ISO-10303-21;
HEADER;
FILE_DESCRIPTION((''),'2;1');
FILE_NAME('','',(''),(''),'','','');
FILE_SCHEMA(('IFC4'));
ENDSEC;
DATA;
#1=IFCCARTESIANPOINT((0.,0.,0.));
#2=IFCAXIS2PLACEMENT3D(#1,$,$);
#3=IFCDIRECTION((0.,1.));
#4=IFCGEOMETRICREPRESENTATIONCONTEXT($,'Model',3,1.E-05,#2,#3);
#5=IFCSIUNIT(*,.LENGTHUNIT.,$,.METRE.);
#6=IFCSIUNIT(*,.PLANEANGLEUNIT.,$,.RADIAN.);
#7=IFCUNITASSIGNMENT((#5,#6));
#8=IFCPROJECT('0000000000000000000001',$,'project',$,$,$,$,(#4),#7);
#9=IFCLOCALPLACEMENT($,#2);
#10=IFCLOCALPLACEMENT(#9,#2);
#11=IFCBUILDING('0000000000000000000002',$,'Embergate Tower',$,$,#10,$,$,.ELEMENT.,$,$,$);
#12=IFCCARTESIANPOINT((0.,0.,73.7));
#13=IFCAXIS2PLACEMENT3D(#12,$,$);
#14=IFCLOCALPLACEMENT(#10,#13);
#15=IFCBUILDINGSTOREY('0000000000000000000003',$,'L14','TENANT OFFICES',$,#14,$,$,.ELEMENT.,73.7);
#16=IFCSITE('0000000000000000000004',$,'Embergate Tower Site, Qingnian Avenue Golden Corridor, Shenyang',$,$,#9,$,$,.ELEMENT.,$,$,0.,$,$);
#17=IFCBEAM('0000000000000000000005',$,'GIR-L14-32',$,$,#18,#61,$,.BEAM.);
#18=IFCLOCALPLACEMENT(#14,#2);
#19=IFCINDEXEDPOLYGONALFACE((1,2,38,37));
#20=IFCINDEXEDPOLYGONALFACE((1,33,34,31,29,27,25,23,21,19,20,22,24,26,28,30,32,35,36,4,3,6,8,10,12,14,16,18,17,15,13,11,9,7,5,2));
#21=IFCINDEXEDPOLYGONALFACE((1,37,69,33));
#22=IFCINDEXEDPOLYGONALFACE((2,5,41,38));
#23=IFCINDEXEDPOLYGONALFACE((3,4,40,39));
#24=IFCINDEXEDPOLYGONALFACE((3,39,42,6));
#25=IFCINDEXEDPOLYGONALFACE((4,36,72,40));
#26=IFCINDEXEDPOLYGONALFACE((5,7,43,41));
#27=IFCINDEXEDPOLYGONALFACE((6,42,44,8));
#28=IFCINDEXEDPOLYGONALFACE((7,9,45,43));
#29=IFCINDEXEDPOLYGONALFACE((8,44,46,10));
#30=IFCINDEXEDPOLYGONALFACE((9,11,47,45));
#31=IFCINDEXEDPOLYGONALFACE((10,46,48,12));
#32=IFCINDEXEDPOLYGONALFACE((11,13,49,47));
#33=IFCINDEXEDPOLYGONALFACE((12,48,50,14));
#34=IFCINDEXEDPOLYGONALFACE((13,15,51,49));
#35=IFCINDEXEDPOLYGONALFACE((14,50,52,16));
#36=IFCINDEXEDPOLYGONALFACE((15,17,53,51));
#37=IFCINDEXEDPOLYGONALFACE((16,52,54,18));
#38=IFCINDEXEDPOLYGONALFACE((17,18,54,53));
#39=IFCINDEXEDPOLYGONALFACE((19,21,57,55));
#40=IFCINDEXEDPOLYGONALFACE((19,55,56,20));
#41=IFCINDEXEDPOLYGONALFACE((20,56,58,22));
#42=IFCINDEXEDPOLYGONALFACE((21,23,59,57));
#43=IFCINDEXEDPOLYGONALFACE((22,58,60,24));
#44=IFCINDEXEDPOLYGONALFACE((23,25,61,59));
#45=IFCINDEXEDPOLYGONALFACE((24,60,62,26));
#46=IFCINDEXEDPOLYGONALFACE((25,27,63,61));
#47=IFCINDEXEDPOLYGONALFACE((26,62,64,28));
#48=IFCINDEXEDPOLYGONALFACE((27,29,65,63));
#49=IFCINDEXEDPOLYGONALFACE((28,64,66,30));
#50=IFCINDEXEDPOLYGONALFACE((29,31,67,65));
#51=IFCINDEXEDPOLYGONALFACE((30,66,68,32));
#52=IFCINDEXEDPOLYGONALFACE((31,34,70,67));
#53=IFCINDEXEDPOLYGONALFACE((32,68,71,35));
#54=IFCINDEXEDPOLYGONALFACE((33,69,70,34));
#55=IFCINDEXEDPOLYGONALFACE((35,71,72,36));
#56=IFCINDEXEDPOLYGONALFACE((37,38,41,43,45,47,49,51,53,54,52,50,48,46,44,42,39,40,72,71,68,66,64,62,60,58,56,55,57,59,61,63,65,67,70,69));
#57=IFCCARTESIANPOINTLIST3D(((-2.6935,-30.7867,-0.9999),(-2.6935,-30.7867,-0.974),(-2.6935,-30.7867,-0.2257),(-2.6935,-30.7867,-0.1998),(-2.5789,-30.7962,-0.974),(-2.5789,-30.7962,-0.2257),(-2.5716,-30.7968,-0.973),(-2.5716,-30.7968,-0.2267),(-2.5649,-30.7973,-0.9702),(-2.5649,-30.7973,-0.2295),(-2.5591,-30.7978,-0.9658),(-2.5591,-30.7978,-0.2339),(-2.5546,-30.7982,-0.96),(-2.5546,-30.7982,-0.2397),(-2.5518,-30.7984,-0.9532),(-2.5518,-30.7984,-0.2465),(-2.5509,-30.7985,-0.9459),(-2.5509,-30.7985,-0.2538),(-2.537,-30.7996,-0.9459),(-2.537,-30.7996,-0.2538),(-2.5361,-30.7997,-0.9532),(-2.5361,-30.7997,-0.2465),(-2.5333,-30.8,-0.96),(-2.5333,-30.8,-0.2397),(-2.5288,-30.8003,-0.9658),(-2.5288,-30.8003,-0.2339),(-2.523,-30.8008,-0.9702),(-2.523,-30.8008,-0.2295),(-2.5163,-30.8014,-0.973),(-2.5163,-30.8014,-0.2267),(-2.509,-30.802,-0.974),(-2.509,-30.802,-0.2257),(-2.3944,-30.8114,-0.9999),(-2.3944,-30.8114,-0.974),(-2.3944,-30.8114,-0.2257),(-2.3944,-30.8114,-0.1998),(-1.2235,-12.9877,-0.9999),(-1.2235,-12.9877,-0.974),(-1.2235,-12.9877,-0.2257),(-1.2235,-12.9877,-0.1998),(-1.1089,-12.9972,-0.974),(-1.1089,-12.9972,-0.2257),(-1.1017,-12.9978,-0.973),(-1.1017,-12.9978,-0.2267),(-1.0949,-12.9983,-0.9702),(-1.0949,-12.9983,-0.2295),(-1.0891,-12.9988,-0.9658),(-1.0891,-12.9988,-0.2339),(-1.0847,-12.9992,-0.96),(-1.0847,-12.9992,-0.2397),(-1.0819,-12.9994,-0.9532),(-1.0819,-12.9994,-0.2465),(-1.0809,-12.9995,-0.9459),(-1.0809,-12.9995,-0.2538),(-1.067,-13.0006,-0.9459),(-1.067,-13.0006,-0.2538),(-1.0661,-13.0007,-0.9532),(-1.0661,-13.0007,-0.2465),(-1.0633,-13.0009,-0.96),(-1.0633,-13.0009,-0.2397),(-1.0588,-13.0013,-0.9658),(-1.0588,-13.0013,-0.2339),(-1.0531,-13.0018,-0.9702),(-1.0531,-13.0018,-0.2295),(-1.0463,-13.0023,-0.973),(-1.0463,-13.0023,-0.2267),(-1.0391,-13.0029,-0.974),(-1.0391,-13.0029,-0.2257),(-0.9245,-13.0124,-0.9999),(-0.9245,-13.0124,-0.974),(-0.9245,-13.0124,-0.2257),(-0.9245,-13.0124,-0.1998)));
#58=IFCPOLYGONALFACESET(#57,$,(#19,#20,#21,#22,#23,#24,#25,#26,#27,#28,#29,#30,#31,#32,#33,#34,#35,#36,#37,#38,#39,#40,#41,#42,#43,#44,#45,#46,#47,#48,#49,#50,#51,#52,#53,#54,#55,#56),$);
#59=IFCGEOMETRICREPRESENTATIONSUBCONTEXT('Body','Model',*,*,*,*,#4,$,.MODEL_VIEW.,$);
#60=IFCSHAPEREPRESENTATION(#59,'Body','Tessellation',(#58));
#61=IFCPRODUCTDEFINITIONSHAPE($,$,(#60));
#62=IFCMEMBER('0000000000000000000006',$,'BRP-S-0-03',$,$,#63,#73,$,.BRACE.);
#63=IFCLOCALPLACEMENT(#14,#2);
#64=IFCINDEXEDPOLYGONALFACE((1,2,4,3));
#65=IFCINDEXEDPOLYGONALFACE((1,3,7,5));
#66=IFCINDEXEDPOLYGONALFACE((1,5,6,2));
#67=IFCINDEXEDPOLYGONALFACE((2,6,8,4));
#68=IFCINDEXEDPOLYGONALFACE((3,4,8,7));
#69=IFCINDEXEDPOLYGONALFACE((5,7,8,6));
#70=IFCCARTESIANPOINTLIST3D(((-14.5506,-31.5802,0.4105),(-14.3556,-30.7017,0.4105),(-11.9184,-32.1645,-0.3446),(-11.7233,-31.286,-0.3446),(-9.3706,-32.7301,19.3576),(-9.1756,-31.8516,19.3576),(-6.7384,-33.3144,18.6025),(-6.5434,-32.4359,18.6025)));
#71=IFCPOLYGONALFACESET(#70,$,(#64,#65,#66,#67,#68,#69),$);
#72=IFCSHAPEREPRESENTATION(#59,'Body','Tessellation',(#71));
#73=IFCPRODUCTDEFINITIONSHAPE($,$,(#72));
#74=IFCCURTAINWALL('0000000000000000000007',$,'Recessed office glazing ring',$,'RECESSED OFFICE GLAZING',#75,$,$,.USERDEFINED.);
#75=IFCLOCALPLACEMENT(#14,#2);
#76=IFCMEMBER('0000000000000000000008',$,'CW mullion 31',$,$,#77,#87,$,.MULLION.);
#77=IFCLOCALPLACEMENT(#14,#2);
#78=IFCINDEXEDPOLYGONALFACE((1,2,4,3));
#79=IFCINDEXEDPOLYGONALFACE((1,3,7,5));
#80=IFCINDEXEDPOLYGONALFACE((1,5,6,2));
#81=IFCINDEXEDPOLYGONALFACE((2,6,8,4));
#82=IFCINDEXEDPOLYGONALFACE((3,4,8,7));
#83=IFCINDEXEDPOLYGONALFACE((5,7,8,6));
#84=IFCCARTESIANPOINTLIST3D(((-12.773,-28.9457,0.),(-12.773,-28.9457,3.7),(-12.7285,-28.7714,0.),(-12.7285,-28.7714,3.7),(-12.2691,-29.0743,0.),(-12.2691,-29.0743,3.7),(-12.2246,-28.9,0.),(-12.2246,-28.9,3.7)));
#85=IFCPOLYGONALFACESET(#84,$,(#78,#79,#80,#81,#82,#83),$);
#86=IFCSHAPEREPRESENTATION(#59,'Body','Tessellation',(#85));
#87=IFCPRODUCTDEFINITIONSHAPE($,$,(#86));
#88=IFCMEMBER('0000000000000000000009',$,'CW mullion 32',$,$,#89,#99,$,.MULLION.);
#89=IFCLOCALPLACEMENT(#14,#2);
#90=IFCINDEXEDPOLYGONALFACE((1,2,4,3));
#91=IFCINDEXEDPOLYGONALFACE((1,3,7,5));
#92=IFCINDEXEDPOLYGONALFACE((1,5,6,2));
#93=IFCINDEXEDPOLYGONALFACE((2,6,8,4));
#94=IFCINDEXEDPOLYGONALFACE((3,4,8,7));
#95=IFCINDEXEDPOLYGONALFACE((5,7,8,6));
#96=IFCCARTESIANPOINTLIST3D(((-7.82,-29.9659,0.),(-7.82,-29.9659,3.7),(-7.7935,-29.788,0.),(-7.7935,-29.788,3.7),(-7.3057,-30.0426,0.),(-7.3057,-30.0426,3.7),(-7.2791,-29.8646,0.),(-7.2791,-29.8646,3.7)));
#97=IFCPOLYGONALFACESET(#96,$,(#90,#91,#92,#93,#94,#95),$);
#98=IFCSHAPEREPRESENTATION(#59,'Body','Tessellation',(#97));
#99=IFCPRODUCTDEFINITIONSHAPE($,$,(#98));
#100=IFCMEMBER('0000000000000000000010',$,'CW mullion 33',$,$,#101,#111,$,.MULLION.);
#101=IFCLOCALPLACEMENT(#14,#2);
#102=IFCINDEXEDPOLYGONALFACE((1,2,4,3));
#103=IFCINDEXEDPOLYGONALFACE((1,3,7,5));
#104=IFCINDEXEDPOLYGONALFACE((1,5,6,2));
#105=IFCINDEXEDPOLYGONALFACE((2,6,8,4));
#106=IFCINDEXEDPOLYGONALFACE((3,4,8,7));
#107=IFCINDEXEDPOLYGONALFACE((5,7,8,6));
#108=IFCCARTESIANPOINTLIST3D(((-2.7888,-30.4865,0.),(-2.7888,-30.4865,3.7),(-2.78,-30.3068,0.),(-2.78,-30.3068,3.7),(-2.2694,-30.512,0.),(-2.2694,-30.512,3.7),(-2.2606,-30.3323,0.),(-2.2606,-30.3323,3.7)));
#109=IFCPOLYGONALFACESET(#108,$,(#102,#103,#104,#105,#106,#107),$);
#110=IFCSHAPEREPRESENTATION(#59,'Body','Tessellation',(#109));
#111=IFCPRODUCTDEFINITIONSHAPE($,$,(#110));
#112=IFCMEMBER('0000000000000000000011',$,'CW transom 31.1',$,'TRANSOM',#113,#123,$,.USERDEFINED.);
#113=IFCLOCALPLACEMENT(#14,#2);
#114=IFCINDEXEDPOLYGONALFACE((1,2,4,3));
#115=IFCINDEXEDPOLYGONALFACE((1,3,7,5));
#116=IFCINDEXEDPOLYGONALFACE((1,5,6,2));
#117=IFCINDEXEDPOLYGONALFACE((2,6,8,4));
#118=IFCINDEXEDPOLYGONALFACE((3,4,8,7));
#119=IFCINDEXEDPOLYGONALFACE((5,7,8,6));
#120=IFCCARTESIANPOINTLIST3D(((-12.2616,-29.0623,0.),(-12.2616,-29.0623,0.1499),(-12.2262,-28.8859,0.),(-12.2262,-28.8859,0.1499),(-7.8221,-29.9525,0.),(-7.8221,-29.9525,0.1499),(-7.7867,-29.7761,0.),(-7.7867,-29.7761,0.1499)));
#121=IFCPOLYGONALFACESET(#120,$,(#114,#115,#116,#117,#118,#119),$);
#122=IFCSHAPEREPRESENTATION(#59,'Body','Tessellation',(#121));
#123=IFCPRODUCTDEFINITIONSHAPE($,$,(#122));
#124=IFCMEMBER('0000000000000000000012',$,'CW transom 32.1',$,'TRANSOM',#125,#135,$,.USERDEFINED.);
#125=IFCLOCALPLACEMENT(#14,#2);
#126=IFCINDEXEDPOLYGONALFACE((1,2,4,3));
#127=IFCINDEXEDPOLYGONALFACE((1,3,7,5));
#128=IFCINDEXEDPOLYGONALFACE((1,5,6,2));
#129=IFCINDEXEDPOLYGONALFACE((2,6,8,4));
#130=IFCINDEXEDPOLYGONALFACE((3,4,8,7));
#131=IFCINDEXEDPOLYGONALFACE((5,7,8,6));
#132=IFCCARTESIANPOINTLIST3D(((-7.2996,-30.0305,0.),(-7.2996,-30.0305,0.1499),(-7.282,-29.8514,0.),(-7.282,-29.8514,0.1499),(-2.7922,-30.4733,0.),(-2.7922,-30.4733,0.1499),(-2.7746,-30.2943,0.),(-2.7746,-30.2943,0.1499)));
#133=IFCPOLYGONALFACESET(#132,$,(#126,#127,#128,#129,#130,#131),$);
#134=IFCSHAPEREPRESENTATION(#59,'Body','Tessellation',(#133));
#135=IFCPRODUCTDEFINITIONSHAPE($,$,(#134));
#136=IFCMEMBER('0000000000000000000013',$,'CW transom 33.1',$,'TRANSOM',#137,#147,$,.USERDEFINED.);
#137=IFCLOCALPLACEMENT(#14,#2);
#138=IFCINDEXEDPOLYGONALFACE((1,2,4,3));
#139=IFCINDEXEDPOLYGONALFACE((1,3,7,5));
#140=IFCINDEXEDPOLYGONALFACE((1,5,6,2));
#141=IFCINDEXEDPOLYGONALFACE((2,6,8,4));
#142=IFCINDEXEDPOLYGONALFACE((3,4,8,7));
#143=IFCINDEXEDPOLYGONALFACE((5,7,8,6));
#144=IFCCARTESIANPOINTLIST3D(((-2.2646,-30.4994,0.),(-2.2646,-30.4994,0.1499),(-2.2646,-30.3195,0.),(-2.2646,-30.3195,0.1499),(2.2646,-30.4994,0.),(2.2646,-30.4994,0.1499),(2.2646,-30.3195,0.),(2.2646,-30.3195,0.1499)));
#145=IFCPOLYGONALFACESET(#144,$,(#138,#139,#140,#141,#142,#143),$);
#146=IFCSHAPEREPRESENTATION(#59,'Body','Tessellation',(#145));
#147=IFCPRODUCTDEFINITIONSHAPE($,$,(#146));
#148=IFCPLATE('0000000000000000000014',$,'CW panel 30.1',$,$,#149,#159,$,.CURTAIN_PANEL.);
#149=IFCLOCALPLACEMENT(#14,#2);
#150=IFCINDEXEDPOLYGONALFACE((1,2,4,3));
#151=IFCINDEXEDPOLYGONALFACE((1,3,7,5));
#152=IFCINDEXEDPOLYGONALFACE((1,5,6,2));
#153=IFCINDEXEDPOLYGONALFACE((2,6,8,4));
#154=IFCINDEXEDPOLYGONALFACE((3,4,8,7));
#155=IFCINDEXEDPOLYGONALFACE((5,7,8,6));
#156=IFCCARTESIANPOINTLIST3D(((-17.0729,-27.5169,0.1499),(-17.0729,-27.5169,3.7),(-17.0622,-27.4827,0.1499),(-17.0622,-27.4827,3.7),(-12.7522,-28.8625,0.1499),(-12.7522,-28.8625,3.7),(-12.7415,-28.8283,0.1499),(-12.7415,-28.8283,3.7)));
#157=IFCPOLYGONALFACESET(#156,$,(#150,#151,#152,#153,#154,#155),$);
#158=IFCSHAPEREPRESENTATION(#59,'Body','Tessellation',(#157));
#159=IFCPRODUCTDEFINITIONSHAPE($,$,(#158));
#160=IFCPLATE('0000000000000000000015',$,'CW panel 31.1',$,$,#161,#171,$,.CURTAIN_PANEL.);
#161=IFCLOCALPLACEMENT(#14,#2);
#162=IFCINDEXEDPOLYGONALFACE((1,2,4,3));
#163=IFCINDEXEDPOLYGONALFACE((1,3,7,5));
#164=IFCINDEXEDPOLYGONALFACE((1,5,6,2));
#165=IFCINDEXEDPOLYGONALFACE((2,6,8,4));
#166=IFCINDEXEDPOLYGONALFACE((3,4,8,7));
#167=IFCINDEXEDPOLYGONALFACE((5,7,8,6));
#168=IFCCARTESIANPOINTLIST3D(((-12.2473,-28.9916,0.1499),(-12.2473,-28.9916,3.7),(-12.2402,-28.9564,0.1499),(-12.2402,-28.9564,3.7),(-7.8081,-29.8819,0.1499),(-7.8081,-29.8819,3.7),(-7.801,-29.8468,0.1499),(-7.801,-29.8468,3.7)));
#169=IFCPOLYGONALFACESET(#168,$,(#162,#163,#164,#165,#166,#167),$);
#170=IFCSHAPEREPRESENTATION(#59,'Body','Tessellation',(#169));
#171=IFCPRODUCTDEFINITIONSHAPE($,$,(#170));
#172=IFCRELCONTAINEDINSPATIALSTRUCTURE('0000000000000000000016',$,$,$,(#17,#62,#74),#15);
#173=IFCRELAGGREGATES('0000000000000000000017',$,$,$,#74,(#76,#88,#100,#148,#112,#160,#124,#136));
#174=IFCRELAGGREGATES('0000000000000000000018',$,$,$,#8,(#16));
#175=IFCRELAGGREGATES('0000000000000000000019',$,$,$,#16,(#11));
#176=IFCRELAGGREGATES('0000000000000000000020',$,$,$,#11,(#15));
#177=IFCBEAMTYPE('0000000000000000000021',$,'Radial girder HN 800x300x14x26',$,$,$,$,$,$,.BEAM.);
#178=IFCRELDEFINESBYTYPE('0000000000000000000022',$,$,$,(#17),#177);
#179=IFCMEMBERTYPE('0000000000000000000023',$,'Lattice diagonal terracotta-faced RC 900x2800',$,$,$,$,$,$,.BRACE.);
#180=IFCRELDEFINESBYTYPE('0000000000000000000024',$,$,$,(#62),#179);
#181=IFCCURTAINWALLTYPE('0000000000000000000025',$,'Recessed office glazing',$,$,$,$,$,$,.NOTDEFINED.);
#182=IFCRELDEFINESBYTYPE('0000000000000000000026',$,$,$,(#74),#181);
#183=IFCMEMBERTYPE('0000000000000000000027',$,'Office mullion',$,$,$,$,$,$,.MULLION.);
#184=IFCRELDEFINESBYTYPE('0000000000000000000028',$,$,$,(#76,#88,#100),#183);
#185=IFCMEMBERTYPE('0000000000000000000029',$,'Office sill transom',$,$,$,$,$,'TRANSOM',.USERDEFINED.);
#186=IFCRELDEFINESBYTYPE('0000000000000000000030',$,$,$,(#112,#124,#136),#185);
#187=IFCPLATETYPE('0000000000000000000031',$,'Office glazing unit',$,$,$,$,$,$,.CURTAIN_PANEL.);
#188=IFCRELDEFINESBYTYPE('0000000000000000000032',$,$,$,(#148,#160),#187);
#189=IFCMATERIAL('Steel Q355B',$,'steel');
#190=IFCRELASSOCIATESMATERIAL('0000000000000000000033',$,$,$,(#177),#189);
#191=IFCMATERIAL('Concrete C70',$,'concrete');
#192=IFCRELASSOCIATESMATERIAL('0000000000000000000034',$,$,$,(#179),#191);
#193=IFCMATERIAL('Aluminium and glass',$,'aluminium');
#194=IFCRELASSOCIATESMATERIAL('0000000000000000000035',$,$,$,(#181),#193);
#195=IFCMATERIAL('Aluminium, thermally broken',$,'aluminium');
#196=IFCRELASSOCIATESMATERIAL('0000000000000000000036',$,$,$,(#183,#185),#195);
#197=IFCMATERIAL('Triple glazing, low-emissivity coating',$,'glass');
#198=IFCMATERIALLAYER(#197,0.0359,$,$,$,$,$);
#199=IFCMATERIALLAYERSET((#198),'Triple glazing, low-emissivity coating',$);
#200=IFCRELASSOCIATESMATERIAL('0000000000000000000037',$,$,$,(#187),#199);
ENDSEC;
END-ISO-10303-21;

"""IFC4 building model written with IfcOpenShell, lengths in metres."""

from ifc_helpers import new_model, si_unit, direction, frame, origin, origin_2d, place, context, subcontext, project, spatial, rectangle, i_section, extrude, source, transform, mapped, material, layer, layer_set, material_profile, profile_set, type_object, element, aggregate, save


model = new_model("IFC4")

# Units and contexts
model_context = context("Model", 3, precision=1e-05, world=origin(), true_north=direction((0.0, 1.0)))
body_context = subcontext(model_context, "Body", "Model", "MODEL_VIEW")
ifc_project = project(units=[si_unit("LENGTHUNIT", "METRE"), si_unit("PLANEANGLEUNIT", "RADIAN")], contexts=[model_context])

# Site, building, storey
site_placement = place(None, origin())
site = spatial("IfcSite", under=ifc_project, at=site_placement, Name="Embergate Tower Site, Qingnian Avenue Golden Corridor, Shenyang", CompositionType="ELEMENT", RefElevation=0.0)
building_placement = place(site_placement, origin())
building = spatial("IfcBuilding", under=site, at=building_placement, Name="Embergate Tower", CompositionType="ELEMENT")
storey_placement = place(building_placement, frame((0.0, 0.0, 73.7)))
storey = spatial("IfcBuildingStorey", under=building, at=storey_placement, Name="L14", Description="TENANT OFFICES", CompositionType="ELEMENT", Elevation=73.7)

# Shared definitions
ifc_material_1 = material(Name="Concrete C70", Category="concrete")

# Beam
ifc_material_2 = material(Name="Steel Q355B", Category="steel")
ifc_material_profile_1 = material_profile(ifc_material_2, i_section(OverallWidth=0.3, OverallDepth=0.8, WebThickness=0.0139, FlangeThickness=0.0259, FilletRadius=0.0281, at=origin_2d()), Name="HN 800x300x14x26")
ifc_profile_set_1 = profile_set([ifc_material_profile_1], Name="Steel Q355 grade B")
beam_type_1 = type_object("IfcBeamType", Name="Radial girder HN 800x300x14x26", PredefinedType="BEAM", material=ifc_profile_set_1)
shared_shape_1 = source(origin(), body_context, "Body", "SweptSolid", [
    extrude(i_section(OverallWidth=0.3, OverallDepth=0.8, WebThickness=0.0139, FlangeThickness=0.0259, FilletRadius=0.0281, at=origin_2d()), origin(), (0.0, 0.0, 1.0), 17.8596),
])
beam_1_placement = place(storey_placement, frame((-2.5439, -30.7991, -0.5999), z_axis=(0.082307, 0.996607, 0.0), x_axis=(-0.996607, 0.082307, 0.0)))
element("IfcBeam", 1, at=beam_1_placement, inside=storey, type_object=beam_type_1, Name="GIR-L14-32", PredefinedType="BEAM", context=body_context, shape_type="MappedRepresentation", body=[
    mapped(shared_shape_1, transform((0.0, 0.0, 0.0))),
])

# Member
ifc_material_profile_2 = material_profile(ifc_material_1, rectangle(XDim=0.8999, YDim=2.8, at=origin_2d()), Name="RC 900x2800")
ifc_profile_set_2 = profile_set([ifc_material_profile_2], Name="Concrete C70")
member_type_1 = type_object("IfcMemberType", Name="Lattice diagonal terracotta-faced RC 900x2800", PredefinedType="BRACE", material=ifc_profile_set_2)
shared_shape_2 = source(origin(), body_context, "Body", "SweptSolid", [
    extrude(rectangle(XDim=0.8999, YDim=2.8, at=origin_2d()), origin(), (0.0, 0.0, 1.0), 19.676),
])
member_1_placement = place(storey_placement, frame((-13.137, -31.4331, 0.033), z_axis=(0.263262, -0.058442, 0.962953), x_axis=(0.216716, 0.976235, 0.0)))
element("IfcMember", 2, at=member_1_placement, inside=storey, type_object=member_type_1, Name="BRP-S-0-03", PredefinedType="BRACE", context=body_context, shape_type="MappedRepresentation", body=[
    mapped(shared_shape_2, transform((0.0, 0.0, 0.0))),
])

# Curtain wall, members
ifc_material_3 = material(Name="Aluminium and glass", Category="aluminium")
curtain_wall_type = type_object("IfcCurtainWallType", Name="Recessed office glazing", PredefinedType="NOTDEFINED", material=ifc_material_3)
curtain_wall_placement = place(storey_placement, origin())
curtain_wall = element("IfcCurtainWall", 3, at=curtain_wall_placement, inside=storey, type_object=curtain_wall_type, Name="Recessed office glazing ring", ObjectType="RECESSED OFFICE GLAZING", PredefinedType="USERDEFINED")
ifc_material_4 = material(Name="Aluminium, thermally broken", Category="aluminium")
ifc_material_profile_3 = material_profile(ifc_material_4, rectangle(XDim=0.1799, YDim=0.52, at=origin_2d()), Name="AL 520x180")
ifc_profile_set_3 = profile_set([ifc_material_profile_3], Name="Aluminium, thermally broken")
member_type_2 = type_object("IfcMemberType", Name="Office mullion", PredefinedType="MULLION", material=ifc_profile_set_3)
shared_shape_3 = source(origin(), body_context, "Body", "SweptSolid", [
    extrude(rectangle(XDim=0.1799, YDim=0.52, at=origin_2d()), origin(), (0.0, 0.0, 1.0), 3.7),
])
member_2_placement = place(storey_placement, frame((-12.4988, -28.9229, 0.0), z_axis=(0.0, 0.0, 1.0), x_axis=(0.247315, 0.968935, 0.0)))
member_2 = element("IfcMember", 4, at=member_2_placement, type_object=member_type_2, Name="CW mullion 31", PredefinedType="MULLION", context=body_context, shape_type="MappedRepresentation", body=[
    mapped(shared_shape_3, transform((0.0, 0.0, 0.0))),
])
member_3_placement = place(storey_placement, frame((-7.5496, -29.9153, 0.0), z_axis=(0.0, 0.0, 1.0), x_axis=(0.147414, 0.989075, 0.0)))
member_3 = element("IfcMember", 5, at=member_3_placement, type_object=member_type_2, Name="CW mullion 32", PredefinedType="MULLION", context=body_context, shape_type="MappedRepresentation", body=[
    mapped(shared_shape_3, transform((0.0, 0.0, 0.0))),
])
member_4_placement = place(storey_placement, frame((-2.5247, -30.4094, 0.0), z_axis=(0.0, 0.0, 1.0), x_axis=(0.048972, 0.9988, 0.0)))
member_4 = element("IfcMember", 6, at=member_4_placement, type_object=member_type_2, Name="CW mullion 33", PredefinedType="MULLION", context=body_context, shape_type="MappedRepresentation", body=[
    mapped(shared_shape_3, transform((0.0, 0.0, 0.0))),
])
ifc_material_profile_4 = material_profile(ifc_material_4, rectangle(XDim=0.1799, YDim=0.1499, at=origin_2d()), Name="AL 150x180")
ifc_profile_set_4 = profile_set([ifc_material_profile_4], Name="Aluminium, thermally broken")
member_type_3 = type_object("IfcMemberType", Name="Office sill transom", ElementType="TRANSOM", PredefinedType="USERDEFINED", material=ifc_profile_set_4)
shared_shape_4 = source(origin(), body_context, "Body", "SweptSolid", [
    extrude(rectangle(XDim=0.1799, YDim=0.1499, at=origin_2d()), origin(), (0.0, 0.0, 1.0), 4.5278),
])
member_5_placement = place(storey_placement, frame((-12.2439, -28.9741, 0.075), z_axis=(0.980485, -0.196593, 0.0), x_axis=(0.196593, 0.980485, 0.0)))
member_5 = element("IfcMember", 7, at=member_5_placement, type_object=member_type_3, Name="CW transom 31.1", ObjectType="TRANSOM", PredefinedType="USERDEFINED", context=body_context, shape_type="MappedRepresentation", body=[
    mapped(shared_shape_4, transform((0.0, 0.0, 0.0))),
])
shared_shape_5 = source(origin(), body_context, "Body", "SweptSolid", [
    extrude(rectangle(XDim=0.1799, YDim=0.1499, at=origin_2d()), origin(), (0.0, 0.0, 1.0), 4.5291),
])
member_6_placement = place(storey_placement, frame((-7.2908, -29.9409, 0.075), z_axis=(0.995208, -0.097785, 0.0), x_axis=(0.097785, 0.995208, 0.0)))
member_6 = element("IfcMember", 8, at=member_6_placement, type_object=member_type_3, Name="CW transom 32.1", ObjectType="TRANSOM", PredefinedType="USERDEFINED", context=body_context, shape_type="MappedRepresentation", body=[
    mapped(shared_shape_5, transform((0.0, 0.0, 0.0))),
])
shared_shape_6 = source(origin(), body_context, "Body", "SweptSolid", [
    extrude(rectangle(XDim=0.1799, YDim=0.1499, at=origin_2d()), origin(), (0.0, 0.0, 1.0), 4.5293),
])
member_7_placement = place(storey_placement, frame((-2.2646, -30.4094, 0.075), z_axis=(1.0, 0.0, 0.0), x_axis=(0.0, 1.0, 0.0)))
member_7 = element("IfcMember", 9, at=member_7_placement, type_object=member_type_3, Name="CW transom 33.1", ObjectType="TRANSOM", PredefinedType="USERDEFINED", context=body_context, shape_type="MappedRepresentation", body=[
    mapped(shared_shape_6, transform((0.0, 0.0, 0.0))),
])

# Plates
ifc_material_5 = material(Name="Triple glazing, low-emissivity coating", Category="glass")
ifc_layer_1 = layer(ifc_material_5, 0.0359)
ifc_layer_set_1 = layer_set([ifc_layer_1], Name="Triple glazing, low-emissivity coating")
plate_type = type_object("IfcPlateType", Name="Office glazing unit", PredefinedType="CURTAIN_PANEL", material=ifc_layer_set_1)
shared_shape_7 = source(origin(), body_context, "Body", "SweptSolid", [
    extrude(rectangle(XDim=4.5254, YDim=0.0359, at=origin_2d()), origin(), (0.0, 0.0, 1.0), 3.55),
])
plate_1_placement = place(storey_placement, frame((-14.9072, -28.1726, 0.1499), z_axis=(0.0, 0.0, 1.0), x_axis=(0.954771, -0.297342, 0.0)))
plate_1 = element("IfcPlate", 10, at=plate_1_placement, type_object=plate_type, Name="CW panel 30.1", PredefinedType="CURTAIN_PANEL", context=body_context, shape_type="MappedRepresentation", body=[
    mapped(shared_shape_7, transform((0.0, 0.0, 0.0))),
])
shared_shape_8 = source(origin(), body_context, "Body", "SweptSolid", [
    extrude(rectangle(XDim=4.5276, YDim=0.0359, at=origin_2d()), origin(), (0.0, 0.0, 1.0), 3.55),
])
plate_2_placement = place(storey_placement, frame((-10.0242, -29.4192, 0.1499), z_axis=(0.0, 0.0, 1.0), x_axis=(0.980475, -0.196643, 0.0)))
plate_2 = element("IfcPlate", 11, at=plate_2_placement, type_object=plate_type, Name="CW panel 31.1", PredefinedType="CURTAIN_PANEL", context=body_context, shape_type="MappedRepresentation", body=[
    mapped(shared_shape_8, transform((0.0, 0.0, 0.0))),
])
aggregate(curtain_wall, [member_2, member_3, member_4, plate_1, member_5, plate_2, member_6, member_7])

save(model, "model.ifc")
